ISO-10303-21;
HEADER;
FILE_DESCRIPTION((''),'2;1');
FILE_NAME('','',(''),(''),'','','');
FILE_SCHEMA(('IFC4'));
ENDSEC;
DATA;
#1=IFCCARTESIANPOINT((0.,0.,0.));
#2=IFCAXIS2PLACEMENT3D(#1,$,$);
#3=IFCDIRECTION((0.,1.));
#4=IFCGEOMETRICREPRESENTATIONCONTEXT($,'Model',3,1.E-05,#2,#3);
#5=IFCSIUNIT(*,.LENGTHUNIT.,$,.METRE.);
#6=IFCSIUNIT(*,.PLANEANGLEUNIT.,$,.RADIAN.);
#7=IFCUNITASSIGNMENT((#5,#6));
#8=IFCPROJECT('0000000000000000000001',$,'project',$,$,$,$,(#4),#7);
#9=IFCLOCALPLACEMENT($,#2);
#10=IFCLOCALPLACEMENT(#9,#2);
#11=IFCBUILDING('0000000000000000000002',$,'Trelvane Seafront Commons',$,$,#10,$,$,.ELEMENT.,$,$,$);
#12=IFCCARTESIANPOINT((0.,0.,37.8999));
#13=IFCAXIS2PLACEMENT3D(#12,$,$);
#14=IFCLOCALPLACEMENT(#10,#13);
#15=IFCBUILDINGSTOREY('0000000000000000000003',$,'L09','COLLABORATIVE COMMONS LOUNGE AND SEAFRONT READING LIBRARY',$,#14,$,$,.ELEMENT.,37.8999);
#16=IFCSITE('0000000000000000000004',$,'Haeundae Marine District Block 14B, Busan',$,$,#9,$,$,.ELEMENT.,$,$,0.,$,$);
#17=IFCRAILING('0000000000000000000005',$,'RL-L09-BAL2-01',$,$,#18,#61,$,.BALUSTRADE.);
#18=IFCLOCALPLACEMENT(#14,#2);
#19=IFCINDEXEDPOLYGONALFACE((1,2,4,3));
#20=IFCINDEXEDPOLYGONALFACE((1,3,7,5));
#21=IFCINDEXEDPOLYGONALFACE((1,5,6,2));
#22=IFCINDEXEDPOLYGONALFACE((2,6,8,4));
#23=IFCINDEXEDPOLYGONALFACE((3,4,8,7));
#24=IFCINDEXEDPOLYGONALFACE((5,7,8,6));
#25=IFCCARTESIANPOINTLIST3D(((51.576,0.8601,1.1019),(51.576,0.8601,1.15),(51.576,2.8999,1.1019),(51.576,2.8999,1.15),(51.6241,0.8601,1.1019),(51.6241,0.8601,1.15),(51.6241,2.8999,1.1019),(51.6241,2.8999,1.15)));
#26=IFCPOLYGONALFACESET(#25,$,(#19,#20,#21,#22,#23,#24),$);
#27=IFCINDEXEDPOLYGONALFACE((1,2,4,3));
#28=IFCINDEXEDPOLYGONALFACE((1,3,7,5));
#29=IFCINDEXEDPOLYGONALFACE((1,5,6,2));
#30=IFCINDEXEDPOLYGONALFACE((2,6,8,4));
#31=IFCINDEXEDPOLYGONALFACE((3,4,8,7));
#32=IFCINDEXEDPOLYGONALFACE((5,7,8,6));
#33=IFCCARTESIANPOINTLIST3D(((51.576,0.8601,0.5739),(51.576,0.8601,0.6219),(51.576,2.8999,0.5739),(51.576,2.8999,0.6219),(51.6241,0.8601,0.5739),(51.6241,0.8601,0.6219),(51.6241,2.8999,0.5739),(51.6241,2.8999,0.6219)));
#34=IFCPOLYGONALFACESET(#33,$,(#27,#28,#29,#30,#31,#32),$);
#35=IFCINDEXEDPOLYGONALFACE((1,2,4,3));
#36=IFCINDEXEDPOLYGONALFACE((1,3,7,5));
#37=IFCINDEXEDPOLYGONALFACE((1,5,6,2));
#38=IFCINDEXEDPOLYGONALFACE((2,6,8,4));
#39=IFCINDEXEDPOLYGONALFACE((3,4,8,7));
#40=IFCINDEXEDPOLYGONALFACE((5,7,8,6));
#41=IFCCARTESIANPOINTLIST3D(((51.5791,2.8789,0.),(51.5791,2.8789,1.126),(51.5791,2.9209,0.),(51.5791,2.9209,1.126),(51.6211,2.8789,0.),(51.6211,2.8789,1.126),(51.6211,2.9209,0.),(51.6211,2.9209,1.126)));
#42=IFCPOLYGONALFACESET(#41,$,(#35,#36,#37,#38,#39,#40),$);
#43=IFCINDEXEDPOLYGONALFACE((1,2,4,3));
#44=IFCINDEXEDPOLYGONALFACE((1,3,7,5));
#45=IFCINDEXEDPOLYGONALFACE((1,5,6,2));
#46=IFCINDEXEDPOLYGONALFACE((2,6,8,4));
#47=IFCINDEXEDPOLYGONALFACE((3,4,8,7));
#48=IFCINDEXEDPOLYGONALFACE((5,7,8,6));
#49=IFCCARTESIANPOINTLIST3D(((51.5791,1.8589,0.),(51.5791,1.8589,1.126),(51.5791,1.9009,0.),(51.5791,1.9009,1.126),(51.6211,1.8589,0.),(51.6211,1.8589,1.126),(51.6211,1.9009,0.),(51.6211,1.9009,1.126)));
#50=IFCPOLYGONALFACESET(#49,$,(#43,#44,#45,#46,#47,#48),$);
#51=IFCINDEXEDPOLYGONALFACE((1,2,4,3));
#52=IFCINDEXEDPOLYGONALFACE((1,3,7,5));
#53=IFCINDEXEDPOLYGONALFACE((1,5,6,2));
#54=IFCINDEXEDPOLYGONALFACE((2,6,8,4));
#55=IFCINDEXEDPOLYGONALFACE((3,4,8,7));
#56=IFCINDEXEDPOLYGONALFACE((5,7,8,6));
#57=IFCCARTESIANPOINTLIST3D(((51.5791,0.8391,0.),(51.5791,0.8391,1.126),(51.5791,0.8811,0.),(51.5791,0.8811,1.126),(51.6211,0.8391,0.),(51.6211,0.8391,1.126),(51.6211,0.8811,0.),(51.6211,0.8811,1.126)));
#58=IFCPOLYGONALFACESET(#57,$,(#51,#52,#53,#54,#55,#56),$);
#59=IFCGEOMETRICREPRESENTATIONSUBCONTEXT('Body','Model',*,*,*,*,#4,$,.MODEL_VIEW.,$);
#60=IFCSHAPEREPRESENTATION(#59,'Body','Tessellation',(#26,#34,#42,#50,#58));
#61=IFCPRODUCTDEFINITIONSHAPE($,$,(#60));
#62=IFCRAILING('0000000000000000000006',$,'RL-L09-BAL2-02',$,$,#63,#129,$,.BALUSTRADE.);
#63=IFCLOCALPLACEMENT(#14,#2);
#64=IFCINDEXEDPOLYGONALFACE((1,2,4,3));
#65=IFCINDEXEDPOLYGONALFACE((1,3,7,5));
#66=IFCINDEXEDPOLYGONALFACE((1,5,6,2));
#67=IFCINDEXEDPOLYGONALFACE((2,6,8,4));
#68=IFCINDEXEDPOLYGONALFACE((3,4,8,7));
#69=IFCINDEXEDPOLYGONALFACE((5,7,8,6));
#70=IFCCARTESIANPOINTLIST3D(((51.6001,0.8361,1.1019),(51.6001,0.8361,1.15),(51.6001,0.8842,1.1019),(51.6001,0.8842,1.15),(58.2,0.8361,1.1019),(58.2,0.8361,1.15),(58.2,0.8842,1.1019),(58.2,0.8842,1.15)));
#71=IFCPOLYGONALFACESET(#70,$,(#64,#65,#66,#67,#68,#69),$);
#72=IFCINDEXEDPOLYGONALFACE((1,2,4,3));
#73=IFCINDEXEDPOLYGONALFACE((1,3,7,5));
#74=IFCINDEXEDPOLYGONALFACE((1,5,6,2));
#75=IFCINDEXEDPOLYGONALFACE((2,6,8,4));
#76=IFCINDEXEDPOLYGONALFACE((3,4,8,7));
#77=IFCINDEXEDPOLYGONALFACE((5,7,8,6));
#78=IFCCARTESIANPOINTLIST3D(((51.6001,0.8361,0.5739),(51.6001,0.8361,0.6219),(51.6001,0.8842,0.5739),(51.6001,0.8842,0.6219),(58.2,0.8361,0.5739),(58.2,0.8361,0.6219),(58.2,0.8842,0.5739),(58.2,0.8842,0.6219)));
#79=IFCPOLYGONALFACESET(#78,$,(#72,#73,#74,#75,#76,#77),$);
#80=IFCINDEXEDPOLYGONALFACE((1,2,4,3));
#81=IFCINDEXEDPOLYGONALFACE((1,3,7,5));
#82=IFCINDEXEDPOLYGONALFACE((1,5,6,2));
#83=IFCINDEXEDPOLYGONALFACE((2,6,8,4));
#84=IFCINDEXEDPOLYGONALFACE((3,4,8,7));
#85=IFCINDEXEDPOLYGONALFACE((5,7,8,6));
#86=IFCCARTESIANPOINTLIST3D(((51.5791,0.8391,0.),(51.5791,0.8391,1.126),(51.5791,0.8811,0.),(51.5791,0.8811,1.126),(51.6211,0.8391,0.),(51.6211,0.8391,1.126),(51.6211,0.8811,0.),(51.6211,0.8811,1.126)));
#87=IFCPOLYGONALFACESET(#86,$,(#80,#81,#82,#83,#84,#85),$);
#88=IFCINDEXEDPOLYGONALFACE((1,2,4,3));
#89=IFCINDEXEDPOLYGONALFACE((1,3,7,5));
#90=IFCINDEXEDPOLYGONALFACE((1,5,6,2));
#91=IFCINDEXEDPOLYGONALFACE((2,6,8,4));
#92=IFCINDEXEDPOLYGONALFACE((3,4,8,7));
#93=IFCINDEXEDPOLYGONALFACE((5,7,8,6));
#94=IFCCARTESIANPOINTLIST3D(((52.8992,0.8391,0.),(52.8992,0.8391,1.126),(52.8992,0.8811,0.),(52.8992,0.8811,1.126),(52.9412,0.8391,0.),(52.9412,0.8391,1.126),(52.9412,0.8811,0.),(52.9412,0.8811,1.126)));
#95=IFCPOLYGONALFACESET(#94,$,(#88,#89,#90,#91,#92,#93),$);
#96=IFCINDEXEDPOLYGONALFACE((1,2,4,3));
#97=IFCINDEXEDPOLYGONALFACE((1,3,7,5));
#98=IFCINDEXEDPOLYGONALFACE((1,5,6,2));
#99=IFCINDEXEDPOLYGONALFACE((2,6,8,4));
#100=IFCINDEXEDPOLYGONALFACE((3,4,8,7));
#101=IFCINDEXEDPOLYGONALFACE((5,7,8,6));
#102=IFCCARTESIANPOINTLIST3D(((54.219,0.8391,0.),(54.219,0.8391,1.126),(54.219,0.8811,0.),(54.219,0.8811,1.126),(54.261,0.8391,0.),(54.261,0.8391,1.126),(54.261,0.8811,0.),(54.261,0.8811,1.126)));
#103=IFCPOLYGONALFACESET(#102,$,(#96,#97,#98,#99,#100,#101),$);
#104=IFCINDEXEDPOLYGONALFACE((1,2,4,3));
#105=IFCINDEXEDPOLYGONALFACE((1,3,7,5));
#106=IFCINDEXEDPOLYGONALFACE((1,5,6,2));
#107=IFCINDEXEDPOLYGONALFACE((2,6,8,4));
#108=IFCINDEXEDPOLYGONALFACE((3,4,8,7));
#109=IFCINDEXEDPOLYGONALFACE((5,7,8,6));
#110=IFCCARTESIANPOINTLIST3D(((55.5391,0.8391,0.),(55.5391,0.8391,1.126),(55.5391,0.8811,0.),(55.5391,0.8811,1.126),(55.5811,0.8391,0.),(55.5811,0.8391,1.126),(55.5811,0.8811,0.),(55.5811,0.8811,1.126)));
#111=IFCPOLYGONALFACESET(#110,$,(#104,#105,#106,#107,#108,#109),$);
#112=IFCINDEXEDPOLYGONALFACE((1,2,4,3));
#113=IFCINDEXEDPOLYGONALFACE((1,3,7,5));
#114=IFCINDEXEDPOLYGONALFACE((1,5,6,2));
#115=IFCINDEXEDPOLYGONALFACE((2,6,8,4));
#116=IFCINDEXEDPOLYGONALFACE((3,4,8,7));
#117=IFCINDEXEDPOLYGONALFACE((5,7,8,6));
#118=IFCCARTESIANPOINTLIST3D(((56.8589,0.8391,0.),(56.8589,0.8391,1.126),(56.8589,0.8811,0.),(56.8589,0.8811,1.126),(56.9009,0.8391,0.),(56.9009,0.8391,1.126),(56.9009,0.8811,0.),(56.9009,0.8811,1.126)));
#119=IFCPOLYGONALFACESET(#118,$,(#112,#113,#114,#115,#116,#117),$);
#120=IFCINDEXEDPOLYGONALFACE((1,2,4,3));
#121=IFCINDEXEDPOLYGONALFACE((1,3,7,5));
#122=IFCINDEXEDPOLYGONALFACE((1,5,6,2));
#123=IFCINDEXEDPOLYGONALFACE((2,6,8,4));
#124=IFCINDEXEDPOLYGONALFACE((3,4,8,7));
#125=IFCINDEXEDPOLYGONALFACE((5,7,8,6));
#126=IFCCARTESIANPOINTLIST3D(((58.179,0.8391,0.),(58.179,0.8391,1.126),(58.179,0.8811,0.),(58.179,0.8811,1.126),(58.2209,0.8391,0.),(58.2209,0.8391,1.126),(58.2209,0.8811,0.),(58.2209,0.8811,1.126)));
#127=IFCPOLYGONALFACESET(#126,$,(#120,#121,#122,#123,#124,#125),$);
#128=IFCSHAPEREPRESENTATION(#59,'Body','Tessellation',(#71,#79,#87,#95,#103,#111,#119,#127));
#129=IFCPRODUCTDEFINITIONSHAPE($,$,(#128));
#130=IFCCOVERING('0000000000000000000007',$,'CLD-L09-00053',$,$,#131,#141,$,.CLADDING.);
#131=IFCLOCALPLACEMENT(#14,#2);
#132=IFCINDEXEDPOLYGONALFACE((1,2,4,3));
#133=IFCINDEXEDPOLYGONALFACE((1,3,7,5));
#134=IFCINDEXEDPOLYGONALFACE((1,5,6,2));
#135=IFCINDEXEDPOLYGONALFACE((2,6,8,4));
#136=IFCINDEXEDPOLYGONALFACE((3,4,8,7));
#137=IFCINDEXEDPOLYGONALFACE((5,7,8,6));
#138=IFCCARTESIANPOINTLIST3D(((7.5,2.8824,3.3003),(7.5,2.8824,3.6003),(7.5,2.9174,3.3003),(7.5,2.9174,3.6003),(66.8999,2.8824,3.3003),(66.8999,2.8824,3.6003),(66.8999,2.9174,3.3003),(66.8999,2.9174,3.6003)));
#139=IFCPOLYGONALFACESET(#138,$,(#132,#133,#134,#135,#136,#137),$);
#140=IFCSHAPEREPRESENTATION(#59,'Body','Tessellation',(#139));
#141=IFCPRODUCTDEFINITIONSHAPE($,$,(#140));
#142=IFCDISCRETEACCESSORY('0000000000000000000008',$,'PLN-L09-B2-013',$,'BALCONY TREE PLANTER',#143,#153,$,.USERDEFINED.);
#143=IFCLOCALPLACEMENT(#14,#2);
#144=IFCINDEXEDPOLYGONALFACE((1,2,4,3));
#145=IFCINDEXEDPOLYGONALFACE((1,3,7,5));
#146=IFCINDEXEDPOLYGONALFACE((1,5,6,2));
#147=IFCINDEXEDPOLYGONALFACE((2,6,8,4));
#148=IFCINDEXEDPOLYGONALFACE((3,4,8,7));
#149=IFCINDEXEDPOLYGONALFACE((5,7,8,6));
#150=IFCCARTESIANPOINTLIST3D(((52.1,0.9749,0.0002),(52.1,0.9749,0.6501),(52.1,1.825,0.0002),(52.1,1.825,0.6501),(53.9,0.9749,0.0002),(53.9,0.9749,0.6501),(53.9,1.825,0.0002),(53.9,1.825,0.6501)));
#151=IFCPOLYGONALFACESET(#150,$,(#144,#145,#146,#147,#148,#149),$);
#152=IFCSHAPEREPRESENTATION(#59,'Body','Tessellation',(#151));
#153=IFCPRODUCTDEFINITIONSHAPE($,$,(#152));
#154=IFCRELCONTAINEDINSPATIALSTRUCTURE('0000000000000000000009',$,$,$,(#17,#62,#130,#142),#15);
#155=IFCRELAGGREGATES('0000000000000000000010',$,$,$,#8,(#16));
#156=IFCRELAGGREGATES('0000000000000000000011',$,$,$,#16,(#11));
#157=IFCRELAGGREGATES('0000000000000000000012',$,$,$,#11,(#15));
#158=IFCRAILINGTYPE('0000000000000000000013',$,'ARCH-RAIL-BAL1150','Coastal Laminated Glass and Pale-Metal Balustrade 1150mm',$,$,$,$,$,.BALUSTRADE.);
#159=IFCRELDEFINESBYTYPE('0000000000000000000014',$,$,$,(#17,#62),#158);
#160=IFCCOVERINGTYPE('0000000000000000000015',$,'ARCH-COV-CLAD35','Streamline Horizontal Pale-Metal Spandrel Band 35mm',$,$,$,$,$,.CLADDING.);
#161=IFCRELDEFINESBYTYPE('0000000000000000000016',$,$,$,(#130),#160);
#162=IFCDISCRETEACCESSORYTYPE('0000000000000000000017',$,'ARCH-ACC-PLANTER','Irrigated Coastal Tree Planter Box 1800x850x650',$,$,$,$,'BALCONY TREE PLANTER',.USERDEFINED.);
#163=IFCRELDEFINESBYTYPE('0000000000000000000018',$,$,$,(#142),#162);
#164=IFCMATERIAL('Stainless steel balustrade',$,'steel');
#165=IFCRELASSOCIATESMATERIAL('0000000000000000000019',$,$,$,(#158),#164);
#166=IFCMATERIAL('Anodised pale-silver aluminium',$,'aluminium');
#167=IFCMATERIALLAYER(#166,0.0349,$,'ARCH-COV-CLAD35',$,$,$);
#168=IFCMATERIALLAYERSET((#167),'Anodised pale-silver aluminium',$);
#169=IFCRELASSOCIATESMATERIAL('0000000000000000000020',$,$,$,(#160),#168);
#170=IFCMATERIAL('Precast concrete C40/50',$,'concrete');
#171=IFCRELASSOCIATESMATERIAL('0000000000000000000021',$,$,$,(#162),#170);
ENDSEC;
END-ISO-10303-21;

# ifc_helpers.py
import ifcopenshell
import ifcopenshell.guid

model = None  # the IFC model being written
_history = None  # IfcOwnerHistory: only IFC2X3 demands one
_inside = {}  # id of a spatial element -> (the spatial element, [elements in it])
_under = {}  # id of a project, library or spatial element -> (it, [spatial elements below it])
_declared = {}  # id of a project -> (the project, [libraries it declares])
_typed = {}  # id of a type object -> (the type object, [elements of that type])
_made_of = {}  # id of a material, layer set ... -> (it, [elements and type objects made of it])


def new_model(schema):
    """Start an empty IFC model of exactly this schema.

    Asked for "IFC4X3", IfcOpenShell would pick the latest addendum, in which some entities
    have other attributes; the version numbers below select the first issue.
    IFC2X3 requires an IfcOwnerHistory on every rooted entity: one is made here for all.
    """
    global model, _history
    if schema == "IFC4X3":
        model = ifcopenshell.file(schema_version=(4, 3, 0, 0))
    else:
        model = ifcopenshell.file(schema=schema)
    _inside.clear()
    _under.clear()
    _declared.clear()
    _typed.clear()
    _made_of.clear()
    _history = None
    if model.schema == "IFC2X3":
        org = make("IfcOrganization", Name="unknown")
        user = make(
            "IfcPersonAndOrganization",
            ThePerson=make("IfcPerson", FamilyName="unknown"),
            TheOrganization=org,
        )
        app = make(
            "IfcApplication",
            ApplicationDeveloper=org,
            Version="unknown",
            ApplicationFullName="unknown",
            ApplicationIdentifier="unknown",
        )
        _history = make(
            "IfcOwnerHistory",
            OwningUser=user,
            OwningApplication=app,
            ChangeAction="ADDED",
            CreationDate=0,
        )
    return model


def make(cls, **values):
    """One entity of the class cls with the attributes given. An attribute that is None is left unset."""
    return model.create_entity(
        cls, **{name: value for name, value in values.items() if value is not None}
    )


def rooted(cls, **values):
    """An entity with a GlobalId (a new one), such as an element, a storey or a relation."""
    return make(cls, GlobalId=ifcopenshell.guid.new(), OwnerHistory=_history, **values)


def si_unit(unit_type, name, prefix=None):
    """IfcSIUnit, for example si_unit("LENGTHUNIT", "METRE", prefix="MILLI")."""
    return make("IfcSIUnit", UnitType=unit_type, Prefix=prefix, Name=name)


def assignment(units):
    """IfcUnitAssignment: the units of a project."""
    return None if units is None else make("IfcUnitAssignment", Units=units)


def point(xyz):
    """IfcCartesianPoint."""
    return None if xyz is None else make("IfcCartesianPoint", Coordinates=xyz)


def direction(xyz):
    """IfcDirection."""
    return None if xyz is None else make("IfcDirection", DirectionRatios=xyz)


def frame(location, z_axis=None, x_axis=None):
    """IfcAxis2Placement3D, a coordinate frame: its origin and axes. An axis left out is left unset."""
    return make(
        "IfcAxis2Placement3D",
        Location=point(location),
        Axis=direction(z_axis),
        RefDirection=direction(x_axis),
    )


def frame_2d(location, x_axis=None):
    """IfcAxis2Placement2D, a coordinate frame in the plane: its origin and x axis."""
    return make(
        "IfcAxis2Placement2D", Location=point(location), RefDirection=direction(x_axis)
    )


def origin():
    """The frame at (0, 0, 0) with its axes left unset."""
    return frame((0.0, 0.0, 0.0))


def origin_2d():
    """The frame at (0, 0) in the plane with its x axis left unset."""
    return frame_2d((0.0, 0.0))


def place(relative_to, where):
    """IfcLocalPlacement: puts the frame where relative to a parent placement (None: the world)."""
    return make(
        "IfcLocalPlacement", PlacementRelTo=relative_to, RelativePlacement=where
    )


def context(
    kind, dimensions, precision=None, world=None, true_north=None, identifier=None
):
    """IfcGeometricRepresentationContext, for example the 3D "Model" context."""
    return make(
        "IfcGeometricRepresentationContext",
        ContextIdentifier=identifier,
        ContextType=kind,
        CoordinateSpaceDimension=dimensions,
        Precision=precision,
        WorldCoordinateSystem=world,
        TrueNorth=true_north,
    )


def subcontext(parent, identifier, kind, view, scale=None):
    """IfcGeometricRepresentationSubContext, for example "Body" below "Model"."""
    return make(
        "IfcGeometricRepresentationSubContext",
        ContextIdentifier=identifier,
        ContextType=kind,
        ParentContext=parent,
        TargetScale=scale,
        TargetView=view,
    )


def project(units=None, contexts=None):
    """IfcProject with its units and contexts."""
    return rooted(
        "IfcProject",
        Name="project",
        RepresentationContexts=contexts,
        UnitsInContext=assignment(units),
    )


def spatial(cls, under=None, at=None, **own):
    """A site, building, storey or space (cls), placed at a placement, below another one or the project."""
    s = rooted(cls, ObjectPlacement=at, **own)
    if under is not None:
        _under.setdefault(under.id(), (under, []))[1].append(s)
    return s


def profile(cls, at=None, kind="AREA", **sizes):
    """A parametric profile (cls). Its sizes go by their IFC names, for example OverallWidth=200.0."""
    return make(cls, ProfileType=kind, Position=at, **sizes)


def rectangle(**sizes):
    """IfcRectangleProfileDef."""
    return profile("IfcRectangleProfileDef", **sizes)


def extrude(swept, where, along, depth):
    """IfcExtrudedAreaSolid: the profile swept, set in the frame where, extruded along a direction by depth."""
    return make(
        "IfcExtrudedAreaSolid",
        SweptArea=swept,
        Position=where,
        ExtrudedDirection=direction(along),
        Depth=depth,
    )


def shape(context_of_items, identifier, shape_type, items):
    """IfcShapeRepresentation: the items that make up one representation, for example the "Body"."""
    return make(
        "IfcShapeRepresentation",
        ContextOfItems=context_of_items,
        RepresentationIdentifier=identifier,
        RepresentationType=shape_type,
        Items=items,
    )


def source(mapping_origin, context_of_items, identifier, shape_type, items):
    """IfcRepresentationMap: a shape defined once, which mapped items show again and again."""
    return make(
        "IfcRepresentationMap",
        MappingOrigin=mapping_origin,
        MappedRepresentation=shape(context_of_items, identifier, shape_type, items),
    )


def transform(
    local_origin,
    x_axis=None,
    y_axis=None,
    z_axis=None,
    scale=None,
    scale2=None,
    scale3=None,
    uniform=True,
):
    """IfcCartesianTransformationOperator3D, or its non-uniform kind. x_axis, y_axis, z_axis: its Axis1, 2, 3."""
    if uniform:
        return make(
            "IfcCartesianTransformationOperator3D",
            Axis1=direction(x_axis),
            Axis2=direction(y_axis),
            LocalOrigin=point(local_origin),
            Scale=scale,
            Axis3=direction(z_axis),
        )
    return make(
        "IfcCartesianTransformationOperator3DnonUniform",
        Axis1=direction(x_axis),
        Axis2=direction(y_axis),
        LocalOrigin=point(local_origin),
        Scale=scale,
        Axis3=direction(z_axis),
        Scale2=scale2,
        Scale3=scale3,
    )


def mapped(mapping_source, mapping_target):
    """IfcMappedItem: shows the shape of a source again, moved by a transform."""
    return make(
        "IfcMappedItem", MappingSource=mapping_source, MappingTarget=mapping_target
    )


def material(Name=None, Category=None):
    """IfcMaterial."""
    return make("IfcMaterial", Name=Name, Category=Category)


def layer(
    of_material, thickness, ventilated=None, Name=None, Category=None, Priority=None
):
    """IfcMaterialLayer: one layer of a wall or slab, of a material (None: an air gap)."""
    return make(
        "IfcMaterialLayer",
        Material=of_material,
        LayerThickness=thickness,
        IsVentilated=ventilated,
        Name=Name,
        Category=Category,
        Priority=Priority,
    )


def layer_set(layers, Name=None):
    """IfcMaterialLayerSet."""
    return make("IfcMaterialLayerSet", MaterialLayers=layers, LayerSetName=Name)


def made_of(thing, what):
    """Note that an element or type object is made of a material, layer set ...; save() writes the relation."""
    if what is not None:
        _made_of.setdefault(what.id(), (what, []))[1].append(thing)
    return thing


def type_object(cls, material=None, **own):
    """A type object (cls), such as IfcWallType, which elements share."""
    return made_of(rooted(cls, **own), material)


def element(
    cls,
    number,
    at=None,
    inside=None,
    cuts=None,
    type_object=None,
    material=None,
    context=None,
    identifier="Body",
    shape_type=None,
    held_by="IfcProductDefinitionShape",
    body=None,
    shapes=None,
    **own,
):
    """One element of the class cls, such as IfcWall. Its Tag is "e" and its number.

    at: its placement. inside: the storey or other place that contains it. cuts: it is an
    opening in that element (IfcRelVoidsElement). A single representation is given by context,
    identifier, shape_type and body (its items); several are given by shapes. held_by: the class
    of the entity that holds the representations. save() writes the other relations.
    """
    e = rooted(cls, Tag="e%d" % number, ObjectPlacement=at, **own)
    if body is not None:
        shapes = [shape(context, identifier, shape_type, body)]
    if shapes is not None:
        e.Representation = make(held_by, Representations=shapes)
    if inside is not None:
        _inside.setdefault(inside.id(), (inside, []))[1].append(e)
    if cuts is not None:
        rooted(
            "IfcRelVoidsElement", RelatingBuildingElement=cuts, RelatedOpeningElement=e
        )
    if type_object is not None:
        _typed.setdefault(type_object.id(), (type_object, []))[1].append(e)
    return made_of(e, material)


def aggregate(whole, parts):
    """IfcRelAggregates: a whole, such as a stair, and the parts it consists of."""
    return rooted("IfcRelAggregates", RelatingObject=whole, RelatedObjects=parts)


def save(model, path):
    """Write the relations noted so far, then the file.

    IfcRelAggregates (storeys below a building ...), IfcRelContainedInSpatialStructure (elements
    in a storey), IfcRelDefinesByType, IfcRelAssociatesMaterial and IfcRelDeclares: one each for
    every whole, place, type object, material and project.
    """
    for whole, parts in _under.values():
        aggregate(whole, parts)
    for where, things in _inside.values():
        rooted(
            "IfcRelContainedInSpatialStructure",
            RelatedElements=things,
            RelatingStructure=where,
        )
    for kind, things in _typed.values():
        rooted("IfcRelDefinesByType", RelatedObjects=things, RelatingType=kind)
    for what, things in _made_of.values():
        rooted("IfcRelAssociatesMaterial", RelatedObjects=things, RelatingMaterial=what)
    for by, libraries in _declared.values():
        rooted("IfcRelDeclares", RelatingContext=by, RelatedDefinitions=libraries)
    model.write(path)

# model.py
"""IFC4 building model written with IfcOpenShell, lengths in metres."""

from ifc_helpers import new_model, si_unit, direction, frame, origin, origin_2d, place, context, subcontext, project, spatial, rectangle, extrude, source, transform, mapped, material, layer, layer_set, type_object, element, save


model = new_model("IFC4")

# Units and contexts
model_context = context("Model", 3, precision=1e-05, world=origin(), true_north=direction((0.0, 1.0)))
body_context = subcontext(model_context, "Body", "Model", "MODEL_VIEW")
ifc_project = project(units=[si_unit("LENGTHUNIT", "METRE"), si_unit("PLANEANGLEUNIT", "RADIAN")], contexts=[model_context])

# Site, building, storey
site_placement = place(None, origin())
site = spatial("IfcSite", under=ifc_project, at=site_placement, Name="Haeundae Marine District Block 14B, Busan", CompositionType="ELEMENT", RefElevation=0.0)
building_placement = place(site_placement, origin())
building = spatial("IfcBuilding", under=site, at=building_placement, Name="Trelvane Seafront Commons", CompositionType="ELEMENT")
storey_placement = place(building_placement, frame((0.0, 0.0, 37.8999)))
storey = spatial("IfcBuildingStorey", under=building, at=storey_placement, Name="L09", Description="COLLABORATIVE COMMONS LOUNGE AND SEAFRONT READING LIBRARY", CompositionType="ELEMENT", Elevation=37.8999)

# Shared definitions
ifc_material_1 = material(Name="Anodised pale-silver aluminium", Category="aluminium")

# Railings
ifc_material_2 = material(Name="Stainless steel balustrade", Category="steel")
railing_type = type_object("IfcRailingType", Name="ARCH-RAIL-BAL1150", Description="Coastal Laminated Glass and Pale-Metal Balustrade 1150mm", PredefinedType="BALUSTRADE", material=ifc_material_2)
railing_1_placement = place(storey_placement, frame((51.6001, 2.8999, 0.0)))
element("IfcRailing", 1, at=railing_1_placement, inside=storey, type_object=railing_type, Name="RL-L09-BAL2-01", PredefinedType="BALUSTRADE", context=body_context, shape_type="SweptSolid", body=[
    extrude(rectangle(XDim=0.0481, YDim=0.0481, at=origin_2d()), frame((0.0, 0.0, 1.126), z_axis=(0.0, -1.0, 0.0), x_axis=(1.0, 0.0, 0.0)), (0.0, 0.0, 1.0), 2.0398),
    extrude(rectangle(XDim=0.0481, YDim=0.0481, at=origin_2d()), frame((0.0, 0.0, 0.5979), z_axis=(0.0, -1.0, 0.0), x_axis=(1.0, 0.0, 0.0)), (0.0, 0.0, 1.0), 2.0398),
    extrude(rectangle(XDim=0.042, YDim=0.042, at=origin_2d()), origin(), (0.0, 0.0, 1.0), 1.126),
    extrude(rectangle(XDim=0.042, YDim=0.042, at=origin_2d()), frame((0.0, -1.02, 0.0)), (0.0, 0.0, 1.0), 1.126),
    extrude(rectangle(XDim=0.042, YDim=0.042, at=origin_2d()), frame((0.0, -2.0398, 0.0)), (0.0, 0.0, 1.0), 1.126),
])
railing_2_placement = place(storey_placement, frame((51.6001, 0.8601, 0.0)))
element("IfcRailing", 2, at=railing_2_placement, inside=storey, type_object=railing_type, Name="RL-L09-BAL2-02", PredefinedType="BALUSTRADE", context=body_context, shape_type="SweptSolid", body=[
    extrude(rectangle(XDim=0.0481, YDim=0.0481, at=origin_2d()), frame((0.0, 0.0, 1.126), z_axis=(1.0, 0.0, 0.0), x_axis=(0.0, 1.0, 0.0)), (0.0, 0.0, 1.0), 6.5999),
    extrude(rectangle(XDim=0.0481, YDim=0.0481, at=origin_2d()), frame((0.0, 0.0, 0.5979), z_axis=(1.0, 0.0, 0.0), x_axis=(0.0, 1.0, 0.0)), (0.0, 0.0, 1.0), 6.5999),
    extrude(rectangle(XDim=0.042, YDim=0.042, at=origin_2d()), origin(), (0.0, 0.0, 1.0), 1.126),
    extrude(rectangle(XDim=0.042, YDim=0.042, at=origin_2d()), frame((1.3201, 0.0, 0.0)), (0.0, 0.0, 1.0), 1.126),
    extrude(rectangle(XDim=0.042, YDim=0.042, at=origin_2d()), frame((2.6399, 0.0, 0.0)), (0.0, 0.0, 1.0), 1.126),
    extrude(rectangle(XDim=0.042, YDim=0.042, at=origin_2d()), frame((3.96, 0.0, 0.0)), (0.0, 0.0, 1.0), 1.126),
    extrude(rectangle(XDim=0.042, YDim=0.042, at=origin_2d()), frame((5.2798, 0.0, 0.0)), (0.0, 0.0, 1.0), 1.126),
    extrude(rectangle(XDim=0.042, YDim=0.042, at=origin_2d()), frame((6.5999, 0.0, 0.0)), (0.0, 0.0, 1.0), 1.126),
])

# Covering
ifc_layer_1 = layer(ifc_material_1, 0.0349, Name="ARCH-COV-CLAD35")
ifc_layer_set_1 = layer_set([ifc_layer_1], Name="Anodised pale-silver aluminium")
covering_type = type_object("IfcCoveringType", Name="ARCH-COV-CLAD35", Description="Streamline Horizontal Pale-Metal Spandrel Band 35mm", PredefinedType="CLADDING", material=ifc_layer_set_1)
shared_shape_1 = source(origin(), body_context, "Body", "SweptSolid", [
    extrude(rectangle(XDim=59.3999, YDim=0.0349, at=origin_2d()), origin(), (0.0, 0.0, 1.0), 0.3),
])
covering_placement = place(storey_placement, frame((37.2, 2.8999, 3.3003), z_axis=(0.0, 0.0, 1.0), x_axis=(-1.0, 0.0, 0.0)))
element("IfcCovering", 3, at=covering_placement, inside=storey, type_object=covering_type, Name="CLD-L09-00053", PredefinedType="CLADDING", context=body_context, shape_type="MappedRepresentation", body=[
    mapped(shared_shape_1, transform((0.0, 0.0, 0.0), x_axis=(1.0, 0.0, 0.0), y_axis=(0.0, 1.0, 0.0), z_axis=(0.0, 0.0, 1.0), scale=1.0)),
])

# Discrete accessory
ifc_material_3 = material(Name="Precast concrete C40/50", Category="concrete")
discrete_accessory_type = type_object("IfcDiscreteAccessoryType", Name="ARCH-ACC-PLANTER", Description="Irrigated Coastal Tree Planter Box 1800x850x650", ElementType="BALCONY TREE PLANTER", PredefinedType="USERDEFINED", material=ifc_material_3)
shared_shape_2 = source(origin(), body_context, "Body", "SweptSolid", [
    extrude(rectangle(XDim=1.8, YDim=0.8501, at=origin_2d()), origin(), (0.0, 0.0, 1.0), 0.6499),
])
discrete_accessory_placement = place(storey_placement, frame((53.0, 1.3999, 0.0002), z_axis=(0.0, 0.0, 1.0), x_axis=(1.0, 0.0, 0.0)))
element("IfcDiscreteAccessory", 4, at=discrete_accessory_placement, inside=storey, type_object=discrete_accessory_type, Name="PLN-L09-B2-013", ObjectType="BALCONY TREE PLANTER", PredefinedType="USERDEFINED", context=body_context, shape_type="MappedRepresentation", body=[
    mapped(shared_shape_2, transform((0.0, 0.0, 0.0), x_axis=(1.0, 0.0, 0.0), y_axis=(0.0, 1.0, 0.0), z_axis=(0.0, 0.0, 1.0), scale=1.0)),
])

save(model, "model.ifc")
